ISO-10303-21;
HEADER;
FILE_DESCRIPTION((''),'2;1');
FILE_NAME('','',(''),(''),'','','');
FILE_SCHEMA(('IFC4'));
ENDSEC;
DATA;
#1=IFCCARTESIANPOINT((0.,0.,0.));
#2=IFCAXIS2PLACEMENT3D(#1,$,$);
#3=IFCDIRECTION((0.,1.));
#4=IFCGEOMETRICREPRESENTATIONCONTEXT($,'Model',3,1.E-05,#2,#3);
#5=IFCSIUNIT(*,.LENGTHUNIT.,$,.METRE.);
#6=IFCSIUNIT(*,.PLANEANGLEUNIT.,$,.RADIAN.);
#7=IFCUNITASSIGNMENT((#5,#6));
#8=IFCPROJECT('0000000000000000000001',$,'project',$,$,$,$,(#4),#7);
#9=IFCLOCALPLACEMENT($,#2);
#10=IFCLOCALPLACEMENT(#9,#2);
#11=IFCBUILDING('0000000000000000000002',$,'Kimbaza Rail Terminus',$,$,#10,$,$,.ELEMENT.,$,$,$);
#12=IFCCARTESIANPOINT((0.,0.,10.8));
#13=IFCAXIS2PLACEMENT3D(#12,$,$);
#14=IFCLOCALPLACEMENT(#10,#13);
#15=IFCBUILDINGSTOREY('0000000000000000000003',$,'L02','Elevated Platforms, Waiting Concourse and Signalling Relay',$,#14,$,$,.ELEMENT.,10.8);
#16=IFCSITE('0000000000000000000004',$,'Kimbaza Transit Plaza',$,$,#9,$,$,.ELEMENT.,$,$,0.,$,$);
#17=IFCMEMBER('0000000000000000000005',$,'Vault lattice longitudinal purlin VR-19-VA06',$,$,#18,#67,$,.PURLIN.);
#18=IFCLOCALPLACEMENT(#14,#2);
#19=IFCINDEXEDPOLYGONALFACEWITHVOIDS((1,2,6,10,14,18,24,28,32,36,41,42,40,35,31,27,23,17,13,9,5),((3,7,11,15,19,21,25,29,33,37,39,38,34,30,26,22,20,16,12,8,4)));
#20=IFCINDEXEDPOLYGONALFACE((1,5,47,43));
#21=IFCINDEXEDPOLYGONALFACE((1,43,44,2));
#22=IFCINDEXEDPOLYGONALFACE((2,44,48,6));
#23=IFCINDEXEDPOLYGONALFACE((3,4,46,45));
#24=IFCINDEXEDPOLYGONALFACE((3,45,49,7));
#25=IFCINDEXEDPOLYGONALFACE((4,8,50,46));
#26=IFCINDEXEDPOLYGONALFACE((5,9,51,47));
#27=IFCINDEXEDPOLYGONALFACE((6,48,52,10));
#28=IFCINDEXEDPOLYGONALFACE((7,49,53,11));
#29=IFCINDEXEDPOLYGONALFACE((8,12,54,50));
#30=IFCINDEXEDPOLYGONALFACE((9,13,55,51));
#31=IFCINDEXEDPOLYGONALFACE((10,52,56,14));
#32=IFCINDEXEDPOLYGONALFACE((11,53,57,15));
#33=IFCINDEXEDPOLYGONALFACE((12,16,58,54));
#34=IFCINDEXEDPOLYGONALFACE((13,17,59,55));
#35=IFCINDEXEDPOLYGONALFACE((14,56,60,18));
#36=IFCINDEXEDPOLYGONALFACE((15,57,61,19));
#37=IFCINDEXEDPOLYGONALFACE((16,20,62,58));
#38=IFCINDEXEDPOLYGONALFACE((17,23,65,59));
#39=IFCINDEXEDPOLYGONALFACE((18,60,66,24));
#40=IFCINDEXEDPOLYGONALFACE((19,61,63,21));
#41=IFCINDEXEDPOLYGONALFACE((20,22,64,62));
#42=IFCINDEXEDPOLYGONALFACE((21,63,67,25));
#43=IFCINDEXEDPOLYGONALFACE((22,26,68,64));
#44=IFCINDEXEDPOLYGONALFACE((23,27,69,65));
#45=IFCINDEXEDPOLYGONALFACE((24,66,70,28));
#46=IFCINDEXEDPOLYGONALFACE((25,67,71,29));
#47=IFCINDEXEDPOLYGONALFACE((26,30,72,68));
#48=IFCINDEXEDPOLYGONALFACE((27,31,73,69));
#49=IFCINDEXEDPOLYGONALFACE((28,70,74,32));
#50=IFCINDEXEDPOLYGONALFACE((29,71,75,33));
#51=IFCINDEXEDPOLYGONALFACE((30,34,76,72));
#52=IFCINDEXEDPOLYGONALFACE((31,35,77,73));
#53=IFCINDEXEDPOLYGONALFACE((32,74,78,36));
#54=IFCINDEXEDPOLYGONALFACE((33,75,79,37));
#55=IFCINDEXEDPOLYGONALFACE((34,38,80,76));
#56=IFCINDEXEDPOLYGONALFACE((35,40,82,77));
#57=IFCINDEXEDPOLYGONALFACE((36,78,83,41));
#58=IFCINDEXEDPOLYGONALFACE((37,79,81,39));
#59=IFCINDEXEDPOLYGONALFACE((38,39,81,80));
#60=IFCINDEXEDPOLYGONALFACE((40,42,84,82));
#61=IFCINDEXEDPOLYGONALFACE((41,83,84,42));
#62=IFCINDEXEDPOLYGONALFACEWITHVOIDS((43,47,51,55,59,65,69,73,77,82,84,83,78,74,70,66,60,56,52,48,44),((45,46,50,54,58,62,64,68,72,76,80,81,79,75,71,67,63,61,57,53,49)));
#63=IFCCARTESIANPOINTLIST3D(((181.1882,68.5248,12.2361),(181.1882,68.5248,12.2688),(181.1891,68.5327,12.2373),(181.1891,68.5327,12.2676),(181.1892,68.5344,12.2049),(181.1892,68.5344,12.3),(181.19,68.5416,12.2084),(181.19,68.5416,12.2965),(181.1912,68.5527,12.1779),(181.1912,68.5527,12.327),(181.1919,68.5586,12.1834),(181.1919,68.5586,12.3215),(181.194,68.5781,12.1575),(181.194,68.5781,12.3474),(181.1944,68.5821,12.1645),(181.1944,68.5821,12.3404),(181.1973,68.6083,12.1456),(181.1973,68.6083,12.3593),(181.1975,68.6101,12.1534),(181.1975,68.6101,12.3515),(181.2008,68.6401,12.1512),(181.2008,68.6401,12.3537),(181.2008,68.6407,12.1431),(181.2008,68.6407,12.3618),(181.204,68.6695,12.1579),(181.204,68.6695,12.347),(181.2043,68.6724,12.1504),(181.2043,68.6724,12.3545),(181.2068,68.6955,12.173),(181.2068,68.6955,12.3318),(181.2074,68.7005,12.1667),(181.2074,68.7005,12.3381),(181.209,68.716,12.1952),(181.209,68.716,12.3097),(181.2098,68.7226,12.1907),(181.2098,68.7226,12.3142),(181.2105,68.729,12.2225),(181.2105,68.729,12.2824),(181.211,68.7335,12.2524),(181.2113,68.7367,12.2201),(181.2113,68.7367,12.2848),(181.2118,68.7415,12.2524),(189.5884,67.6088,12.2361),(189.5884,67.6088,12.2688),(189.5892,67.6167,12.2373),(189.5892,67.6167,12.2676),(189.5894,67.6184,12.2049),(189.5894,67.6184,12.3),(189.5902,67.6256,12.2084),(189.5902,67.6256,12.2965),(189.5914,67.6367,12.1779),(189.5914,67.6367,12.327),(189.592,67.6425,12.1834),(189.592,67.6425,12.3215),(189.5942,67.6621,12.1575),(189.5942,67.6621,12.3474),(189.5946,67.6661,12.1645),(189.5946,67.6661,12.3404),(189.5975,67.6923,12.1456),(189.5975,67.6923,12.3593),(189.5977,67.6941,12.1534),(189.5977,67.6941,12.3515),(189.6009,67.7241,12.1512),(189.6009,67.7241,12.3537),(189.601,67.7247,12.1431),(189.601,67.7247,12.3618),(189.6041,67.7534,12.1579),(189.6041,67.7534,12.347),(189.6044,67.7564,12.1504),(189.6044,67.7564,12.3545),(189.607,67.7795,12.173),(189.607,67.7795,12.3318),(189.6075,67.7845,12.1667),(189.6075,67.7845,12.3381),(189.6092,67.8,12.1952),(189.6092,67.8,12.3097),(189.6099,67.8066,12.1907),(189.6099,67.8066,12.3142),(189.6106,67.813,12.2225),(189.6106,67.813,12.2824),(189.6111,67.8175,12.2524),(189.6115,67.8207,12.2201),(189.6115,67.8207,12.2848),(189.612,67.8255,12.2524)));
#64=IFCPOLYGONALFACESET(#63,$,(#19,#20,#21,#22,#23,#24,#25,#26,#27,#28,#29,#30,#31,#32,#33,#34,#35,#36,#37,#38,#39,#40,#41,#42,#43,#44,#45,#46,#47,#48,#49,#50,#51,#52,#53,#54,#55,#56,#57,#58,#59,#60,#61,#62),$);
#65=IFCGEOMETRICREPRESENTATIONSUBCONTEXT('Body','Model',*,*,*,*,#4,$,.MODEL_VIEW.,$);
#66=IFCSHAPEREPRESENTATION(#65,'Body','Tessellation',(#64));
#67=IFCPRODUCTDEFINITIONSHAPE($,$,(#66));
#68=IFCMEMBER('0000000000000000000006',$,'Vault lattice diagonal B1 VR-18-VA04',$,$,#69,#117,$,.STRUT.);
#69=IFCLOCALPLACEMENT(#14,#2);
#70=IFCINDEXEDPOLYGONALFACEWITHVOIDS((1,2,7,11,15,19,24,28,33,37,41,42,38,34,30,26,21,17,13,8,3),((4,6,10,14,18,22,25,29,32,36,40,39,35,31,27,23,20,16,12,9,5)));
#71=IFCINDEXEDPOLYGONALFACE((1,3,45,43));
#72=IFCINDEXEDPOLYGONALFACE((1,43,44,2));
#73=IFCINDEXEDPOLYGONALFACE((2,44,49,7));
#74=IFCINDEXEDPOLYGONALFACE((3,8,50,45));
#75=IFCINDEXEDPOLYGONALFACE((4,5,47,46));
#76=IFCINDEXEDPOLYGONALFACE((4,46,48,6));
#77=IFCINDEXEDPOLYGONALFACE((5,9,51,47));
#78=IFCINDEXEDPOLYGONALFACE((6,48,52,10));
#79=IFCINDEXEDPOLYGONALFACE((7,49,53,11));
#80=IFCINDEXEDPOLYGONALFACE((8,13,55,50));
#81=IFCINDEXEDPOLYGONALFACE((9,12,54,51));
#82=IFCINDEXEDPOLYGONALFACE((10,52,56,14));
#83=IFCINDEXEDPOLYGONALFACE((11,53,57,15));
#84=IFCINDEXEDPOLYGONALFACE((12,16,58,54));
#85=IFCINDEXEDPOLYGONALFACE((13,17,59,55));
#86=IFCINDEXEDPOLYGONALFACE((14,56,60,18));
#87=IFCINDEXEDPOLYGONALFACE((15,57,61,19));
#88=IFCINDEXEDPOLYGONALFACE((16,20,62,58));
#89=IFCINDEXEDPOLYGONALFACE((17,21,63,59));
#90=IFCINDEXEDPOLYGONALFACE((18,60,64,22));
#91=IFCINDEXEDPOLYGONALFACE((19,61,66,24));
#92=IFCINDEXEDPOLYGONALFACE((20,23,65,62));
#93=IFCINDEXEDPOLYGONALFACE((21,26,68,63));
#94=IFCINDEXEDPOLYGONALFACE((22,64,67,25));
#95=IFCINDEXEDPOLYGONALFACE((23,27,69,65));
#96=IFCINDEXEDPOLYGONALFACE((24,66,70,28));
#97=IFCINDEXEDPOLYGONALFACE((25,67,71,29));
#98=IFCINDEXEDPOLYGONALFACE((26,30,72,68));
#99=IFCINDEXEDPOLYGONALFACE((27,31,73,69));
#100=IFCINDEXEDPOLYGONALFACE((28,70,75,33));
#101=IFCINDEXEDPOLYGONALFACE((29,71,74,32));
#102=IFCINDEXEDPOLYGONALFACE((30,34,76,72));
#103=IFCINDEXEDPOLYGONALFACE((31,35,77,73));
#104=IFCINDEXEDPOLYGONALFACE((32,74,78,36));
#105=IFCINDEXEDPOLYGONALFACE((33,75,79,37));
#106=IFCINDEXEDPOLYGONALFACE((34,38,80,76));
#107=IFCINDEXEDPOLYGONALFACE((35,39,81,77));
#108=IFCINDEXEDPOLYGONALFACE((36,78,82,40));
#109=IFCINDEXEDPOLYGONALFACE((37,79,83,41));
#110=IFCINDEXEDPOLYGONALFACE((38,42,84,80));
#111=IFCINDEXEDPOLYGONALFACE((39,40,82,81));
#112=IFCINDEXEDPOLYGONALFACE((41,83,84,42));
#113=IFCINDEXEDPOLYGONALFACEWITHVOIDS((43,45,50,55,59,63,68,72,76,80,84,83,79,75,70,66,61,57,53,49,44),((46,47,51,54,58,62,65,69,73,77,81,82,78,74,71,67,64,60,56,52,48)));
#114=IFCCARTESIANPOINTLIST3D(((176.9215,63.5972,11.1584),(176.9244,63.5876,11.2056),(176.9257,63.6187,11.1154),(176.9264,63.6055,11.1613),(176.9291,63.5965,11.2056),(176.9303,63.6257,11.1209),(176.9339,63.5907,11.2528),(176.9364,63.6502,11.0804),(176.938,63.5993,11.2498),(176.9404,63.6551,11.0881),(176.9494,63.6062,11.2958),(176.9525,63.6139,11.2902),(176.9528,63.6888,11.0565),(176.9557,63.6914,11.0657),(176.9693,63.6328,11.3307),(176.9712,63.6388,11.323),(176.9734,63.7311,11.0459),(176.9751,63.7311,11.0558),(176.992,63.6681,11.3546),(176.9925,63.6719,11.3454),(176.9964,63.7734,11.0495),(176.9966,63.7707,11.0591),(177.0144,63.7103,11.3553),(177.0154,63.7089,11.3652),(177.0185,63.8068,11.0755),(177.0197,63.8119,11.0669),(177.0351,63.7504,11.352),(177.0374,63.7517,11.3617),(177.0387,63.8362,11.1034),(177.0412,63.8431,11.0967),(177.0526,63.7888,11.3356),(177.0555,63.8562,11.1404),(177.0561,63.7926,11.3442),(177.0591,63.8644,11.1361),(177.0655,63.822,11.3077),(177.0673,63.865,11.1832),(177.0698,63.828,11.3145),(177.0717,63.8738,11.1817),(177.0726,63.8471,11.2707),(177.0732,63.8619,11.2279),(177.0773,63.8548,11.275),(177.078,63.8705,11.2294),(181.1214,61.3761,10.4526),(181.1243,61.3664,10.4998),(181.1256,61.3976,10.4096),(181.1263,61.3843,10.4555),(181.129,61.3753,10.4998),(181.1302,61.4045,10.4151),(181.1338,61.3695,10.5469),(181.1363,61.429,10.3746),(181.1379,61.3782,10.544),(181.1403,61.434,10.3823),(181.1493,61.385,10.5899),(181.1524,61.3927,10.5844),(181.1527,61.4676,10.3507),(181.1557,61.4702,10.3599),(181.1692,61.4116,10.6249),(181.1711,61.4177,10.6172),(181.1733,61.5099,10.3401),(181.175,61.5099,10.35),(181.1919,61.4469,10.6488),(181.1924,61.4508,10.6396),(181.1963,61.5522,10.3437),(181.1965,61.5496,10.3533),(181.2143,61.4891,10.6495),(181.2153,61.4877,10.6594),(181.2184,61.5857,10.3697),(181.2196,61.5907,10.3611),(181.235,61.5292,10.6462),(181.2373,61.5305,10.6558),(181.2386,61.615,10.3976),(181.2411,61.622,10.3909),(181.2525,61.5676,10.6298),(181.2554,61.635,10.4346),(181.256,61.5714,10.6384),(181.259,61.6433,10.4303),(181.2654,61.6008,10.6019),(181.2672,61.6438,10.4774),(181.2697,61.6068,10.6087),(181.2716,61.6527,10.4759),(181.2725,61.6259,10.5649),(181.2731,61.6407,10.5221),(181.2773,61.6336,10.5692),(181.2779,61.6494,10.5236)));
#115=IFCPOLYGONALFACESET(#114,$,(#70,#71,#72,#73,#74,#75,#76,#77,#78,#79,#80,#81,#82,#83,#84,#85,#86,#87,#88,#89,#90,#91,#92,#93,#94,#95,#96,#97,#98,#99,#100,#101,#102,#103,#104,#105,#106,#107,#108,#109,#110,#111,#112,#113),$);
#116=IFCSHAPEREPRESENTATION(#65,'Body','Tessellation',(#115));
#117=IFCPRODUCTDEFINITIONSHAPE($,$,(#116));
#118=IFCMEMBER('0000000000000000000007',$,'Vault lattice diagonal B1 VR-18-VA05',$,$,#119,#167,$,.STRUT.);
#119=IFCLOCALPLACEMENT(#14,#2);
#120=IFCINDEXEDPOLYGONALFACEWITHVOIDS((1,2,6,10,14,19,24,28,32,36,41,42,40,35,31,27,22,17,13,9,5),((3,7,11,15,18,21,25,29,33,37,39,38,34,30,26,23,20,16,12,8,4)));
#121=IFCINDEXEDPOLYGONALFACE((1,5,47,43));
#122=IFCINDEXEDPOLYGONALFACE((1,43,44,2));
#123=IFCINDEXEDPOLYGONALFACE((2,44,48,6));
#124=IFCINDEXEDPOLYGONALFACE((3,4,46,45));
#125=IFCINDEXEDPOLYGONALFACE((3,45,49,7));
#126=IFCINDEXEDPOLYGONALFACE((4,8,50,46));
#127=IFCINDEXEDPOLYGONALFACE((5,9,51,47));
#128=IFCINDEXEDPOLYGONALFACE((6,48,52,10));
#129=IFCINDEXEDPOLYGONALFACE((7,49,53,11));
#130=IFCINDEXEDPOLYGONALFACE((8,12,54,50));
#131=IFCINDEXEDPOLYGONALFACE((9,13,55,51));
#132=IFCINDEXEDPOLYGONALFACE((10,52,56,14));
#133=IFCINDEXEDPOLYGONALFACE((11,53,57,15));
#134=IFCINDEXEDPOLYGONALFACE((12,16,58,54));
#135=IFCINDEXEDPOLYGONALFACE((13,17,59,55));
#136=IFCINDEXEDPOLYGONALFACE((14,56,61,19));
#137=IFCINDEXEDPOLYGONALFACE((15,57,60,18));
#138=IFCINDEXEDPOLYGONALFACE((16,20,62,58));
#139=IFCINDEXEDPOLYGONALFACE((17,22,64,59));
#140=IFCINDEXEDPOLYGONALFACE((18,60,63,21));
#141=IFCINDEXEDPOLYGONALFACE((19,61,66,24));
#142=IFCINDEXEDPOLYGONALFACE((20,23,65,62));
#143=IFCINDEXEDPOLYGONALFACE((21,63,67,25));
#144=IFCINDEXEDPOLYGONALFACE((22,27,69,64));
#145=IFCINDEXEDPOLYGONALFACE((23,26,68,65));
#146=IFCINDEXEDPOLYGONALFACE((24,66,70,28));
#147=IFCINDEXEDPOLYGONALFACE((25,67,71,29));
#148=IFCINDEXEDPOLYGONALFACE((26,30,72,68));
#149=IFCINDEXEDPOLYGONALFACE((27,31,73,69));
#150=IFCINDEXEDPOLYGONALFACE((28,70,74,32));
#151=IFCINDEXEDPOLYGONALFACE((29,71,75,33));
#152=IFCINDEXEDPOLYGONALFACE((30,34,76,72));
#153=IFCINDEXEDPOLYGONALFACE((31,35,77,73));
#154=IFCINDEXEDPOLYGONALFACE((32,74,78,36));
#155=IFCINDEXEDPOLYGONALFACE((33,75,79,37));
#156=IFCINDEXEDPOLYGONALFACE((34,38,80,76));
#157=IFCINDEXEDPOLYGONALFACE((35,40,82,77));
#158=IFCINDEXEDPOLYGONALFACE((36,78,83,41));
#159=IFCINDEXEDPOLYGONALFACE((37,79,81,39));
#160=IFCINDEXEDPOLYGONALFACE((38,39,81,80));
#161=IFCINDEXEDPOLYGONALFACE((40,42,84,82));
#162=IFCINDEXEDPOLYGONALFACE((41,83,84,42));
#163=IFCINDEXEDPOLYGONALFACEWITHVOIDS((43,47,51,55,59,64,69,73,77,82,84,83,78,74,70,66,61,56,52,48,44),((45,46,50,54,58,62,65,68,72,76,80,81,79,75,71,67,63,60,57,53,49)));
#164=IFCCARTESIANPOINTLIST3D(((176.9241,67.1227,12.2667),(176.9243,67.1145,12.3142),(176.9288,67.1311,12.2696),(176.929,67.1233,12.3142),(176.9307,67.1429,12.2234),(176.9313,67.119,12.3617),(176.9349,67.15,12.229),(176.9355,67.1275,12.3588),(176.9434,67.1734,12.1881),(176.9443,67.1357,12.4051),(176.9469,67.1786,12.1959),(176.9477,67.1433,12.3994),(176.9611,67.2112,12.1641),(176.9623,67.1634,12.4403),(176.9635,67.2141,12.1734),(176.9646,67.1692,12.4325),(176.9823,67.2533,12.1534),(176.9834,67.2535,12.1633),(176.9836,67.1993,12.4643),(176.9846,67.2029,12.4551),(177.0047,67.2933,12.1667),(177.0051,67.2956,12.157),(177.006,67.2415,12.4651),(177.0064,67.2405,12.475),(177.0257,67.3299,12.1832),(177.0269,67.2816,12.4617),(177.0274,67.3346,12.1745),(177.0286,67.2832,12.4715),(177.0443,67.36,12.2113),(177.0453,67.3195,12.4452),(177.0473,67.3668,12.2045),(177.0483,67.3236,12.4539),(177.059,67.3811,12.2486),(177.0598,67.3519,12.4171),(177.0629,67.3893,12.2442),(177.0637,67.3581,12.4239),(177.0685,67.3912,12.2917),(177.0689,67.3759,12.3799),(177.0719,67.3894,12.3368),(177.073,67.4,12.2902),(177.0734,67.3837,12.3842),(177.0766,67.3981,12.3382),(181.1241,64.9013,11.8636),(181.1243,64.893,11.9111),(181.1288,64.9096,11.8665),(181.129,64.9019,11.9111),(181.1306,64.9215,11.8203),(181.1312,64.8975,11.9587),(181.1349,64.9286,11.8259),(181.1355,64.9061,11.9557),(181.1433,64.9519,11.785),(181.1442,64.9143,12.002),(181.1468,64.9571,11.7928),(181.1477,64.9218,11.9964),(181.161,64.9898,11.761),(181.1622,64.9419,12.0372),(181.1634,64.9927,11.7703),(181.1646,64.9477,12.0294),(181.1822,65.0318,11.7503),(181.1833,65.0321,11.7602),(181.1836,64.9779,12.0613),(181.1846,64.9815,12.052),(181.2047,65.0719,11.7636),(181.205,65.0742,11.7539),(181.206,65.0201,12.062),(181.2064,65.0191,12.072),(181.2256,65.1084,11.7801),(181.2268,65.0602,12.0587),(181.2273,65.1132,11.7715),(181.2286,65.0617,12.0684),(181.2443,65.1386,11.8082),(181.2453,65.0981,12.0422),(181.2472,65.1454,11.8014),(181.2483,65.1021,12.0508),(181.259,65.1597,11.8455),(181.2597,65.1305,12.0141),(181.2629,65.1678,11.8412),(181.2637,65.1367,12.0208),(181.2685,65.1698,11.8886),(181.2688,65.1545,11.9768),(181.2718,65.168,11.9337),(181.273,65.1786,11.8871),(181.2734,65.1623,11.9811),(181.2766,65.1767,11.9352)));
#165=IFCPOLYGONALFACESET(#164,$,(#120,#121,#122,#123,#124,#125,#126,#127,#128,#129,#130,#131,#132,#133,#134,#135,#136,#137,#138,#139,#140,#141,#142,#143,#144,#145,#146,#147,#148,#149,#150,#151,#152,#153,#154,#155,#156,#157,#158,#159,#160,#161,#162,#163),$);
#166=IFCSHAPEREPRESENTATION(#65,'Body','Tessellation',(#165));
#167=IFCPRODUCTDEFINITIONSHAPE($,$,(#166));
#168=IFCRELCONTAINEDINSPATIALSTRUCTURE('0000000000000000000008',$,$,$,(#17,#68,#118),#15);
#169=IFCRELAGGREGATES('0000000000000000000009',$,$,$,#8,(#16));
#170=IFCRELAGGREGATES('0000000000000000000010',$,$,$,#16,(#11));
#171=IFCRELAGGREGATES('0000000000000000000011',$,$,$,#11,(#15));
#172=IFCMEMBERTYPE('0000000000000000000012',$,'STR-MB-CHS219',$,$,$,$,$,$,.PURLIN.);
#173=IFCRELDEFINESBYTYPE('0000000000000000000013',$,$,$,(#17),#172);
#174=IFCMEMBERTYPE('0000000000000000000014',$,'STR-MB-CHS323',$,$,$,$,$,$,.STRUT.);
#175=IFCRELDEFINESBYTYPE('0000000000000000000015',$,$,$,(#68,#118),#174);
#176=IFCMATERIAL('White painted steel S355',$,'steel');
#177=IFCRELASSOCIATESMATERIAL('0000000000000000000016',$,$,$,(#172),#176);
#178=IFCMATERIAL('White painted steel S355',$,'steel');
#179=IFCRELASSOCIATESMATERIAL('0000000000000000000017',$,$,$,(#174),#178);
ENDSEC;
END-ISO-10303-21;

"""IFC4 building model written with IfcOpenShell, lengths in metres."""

from ifc_helpers import new_model, si_unit, direction, frame, origin, origin_2d, place, context, subcontext, project, spatial, hollow_circle, extrude, material, material_profile, profile_set, type_object, element, save


model = new_model("IFC4")

# Units and contexts
model_context = context("Model", 3, precision=1e-05, world=origin(), true_north=direction((0.0, 1.0)))
body_context = subcontext(model_context, "Body", "Model", "MODEL_VIEW")
ifc_project = project(units=[si_unit("LENGTHUNIT", "METRE"), si_unit("PLANEANGLEUNIT", "RADIAN")], contexts=[model_context])

# Site, building, storey
site_placement = place(None, origin())
site = spatial("IfcSite", under=ifc_project, at=site_placement, Name="Kimbaza Transit Plaza", CompositionType="ELEMENT", RefElevation=0.0)
building_placement = place(site_placement, origin())
building = spatial("IfcBuilding", under=site, at=building_placement, Name="Kimbaza Rail Terminus", CompositionType="ELEMENT")
storey_placement = place(building_placement, frame((0.0, 0.0, 10.8)))
storey = spatial("IfcBuildingStorey", under=building, at=storey_placement, Name="L02", Description="Elevated Platforms, Waiting Concourse and Signalling Relay", CompositionType="ELEMENT", Elevation=10.8)

# Members
ifc_material_1 = material(Name="White painted steel S355", Category="steel")
ifc_material_profile_1 = material_profile(ifc_material_1, hollow_circle(Radius=0.1096, WallThickness=0.0081, at=origin_2d()), Name="CHS 219.1x8")
ifc_profile_set_1 = profile_set([ifc_material_profile_1], Name="White painted steel S355")
member_type_1 = type_object("IfcMemberType", Name="STR-MB-CHS219", PredefinedType="PURLIN", material=ifc_profile_set_1)
for number, where, z_axis, x_axis, name in (
    (1, (181.2, 68.6326, 12.2524), (0.994107, -0.108405, 0.0), (0.108405, 0.994107, 0.0), "Vault lattice longitudinal purlin VR-19-VA06"),
):
    element("IfcMember", number, at=place(storey_placement, frame(where, z_axis=z_axis, x_axis=x_axis)), inside=storey, type_object=member_type_1, Name=name, PredefinedType="PURLIN", context=body_context, shape_type="SweptSolid", body=[
        extrude(hollow_circle(Radius=0.1096, WallThickness=0.0081, at=origin_2d()), origin(), (0.0, 0.0, 1.0), 8.45),
    ])
ifc_material_2 = material(Name="White painted steel S355", Category="steel")
ifc_material_profile_2 = material_profile(ifc_material_2, hollow_circle(Radius=0.1619, WallThickness=0.01, at=origin_2d()), Name="CHS 323.9x10")
ifc_profile_set_2 = profile_set([ifc_material_profile_2], Name="White painted steel S355")
member_type_2 = type_object("IfcMemberType", Name="STR-MB-CHS323", PredefinedType="STRUT", material=ifc_profile_set_2)
member_1_placement = place(storey_placement, frame((181.2, 61.5095, 10.4998), z_axis=(-0.874393, 0.462433, 0.146944), x_axis=(-0.467508, -0.883989, 0.0)))
element("IfcMember", 2, at=member_1_placement, inside=storey, type_object=member_type_2, Name="Vault lattice diagonal B1 VR-18-VA04", PredefinedType="STRUT", context=body_context, shape_type="SweptSolid", body=[
    extrude(hollow_circle(Radius=0.1619, WallThickness=0.01, at=origin_2d()), origin(), (0.0, 0.0, 1.0), 4.8032),
])
member_2_placement = place(storey_placement, frame((181.2, 65.0361, 11.9111), z_axis=(-0.880804, 0.465874, 0.084532), x_axis=(-0.467548, -0.883968, 0.0)))
element("IfcMember", 3, at=member_2_placement, inside=storey, type_object=member_type_2, Name="Vault lattice diagonal B1 VR-18-VA05", PredefinedType="STRUT", context=body_context, shape_type="SweptSolid", body=[
    extrude(hollow_circle(Radius=0.1619, WallThickness=0.01, at=origin_2d()), origin(), (0.0, 0.0, 1.0), 4.7683),
])

save(model, "model.ifc")
